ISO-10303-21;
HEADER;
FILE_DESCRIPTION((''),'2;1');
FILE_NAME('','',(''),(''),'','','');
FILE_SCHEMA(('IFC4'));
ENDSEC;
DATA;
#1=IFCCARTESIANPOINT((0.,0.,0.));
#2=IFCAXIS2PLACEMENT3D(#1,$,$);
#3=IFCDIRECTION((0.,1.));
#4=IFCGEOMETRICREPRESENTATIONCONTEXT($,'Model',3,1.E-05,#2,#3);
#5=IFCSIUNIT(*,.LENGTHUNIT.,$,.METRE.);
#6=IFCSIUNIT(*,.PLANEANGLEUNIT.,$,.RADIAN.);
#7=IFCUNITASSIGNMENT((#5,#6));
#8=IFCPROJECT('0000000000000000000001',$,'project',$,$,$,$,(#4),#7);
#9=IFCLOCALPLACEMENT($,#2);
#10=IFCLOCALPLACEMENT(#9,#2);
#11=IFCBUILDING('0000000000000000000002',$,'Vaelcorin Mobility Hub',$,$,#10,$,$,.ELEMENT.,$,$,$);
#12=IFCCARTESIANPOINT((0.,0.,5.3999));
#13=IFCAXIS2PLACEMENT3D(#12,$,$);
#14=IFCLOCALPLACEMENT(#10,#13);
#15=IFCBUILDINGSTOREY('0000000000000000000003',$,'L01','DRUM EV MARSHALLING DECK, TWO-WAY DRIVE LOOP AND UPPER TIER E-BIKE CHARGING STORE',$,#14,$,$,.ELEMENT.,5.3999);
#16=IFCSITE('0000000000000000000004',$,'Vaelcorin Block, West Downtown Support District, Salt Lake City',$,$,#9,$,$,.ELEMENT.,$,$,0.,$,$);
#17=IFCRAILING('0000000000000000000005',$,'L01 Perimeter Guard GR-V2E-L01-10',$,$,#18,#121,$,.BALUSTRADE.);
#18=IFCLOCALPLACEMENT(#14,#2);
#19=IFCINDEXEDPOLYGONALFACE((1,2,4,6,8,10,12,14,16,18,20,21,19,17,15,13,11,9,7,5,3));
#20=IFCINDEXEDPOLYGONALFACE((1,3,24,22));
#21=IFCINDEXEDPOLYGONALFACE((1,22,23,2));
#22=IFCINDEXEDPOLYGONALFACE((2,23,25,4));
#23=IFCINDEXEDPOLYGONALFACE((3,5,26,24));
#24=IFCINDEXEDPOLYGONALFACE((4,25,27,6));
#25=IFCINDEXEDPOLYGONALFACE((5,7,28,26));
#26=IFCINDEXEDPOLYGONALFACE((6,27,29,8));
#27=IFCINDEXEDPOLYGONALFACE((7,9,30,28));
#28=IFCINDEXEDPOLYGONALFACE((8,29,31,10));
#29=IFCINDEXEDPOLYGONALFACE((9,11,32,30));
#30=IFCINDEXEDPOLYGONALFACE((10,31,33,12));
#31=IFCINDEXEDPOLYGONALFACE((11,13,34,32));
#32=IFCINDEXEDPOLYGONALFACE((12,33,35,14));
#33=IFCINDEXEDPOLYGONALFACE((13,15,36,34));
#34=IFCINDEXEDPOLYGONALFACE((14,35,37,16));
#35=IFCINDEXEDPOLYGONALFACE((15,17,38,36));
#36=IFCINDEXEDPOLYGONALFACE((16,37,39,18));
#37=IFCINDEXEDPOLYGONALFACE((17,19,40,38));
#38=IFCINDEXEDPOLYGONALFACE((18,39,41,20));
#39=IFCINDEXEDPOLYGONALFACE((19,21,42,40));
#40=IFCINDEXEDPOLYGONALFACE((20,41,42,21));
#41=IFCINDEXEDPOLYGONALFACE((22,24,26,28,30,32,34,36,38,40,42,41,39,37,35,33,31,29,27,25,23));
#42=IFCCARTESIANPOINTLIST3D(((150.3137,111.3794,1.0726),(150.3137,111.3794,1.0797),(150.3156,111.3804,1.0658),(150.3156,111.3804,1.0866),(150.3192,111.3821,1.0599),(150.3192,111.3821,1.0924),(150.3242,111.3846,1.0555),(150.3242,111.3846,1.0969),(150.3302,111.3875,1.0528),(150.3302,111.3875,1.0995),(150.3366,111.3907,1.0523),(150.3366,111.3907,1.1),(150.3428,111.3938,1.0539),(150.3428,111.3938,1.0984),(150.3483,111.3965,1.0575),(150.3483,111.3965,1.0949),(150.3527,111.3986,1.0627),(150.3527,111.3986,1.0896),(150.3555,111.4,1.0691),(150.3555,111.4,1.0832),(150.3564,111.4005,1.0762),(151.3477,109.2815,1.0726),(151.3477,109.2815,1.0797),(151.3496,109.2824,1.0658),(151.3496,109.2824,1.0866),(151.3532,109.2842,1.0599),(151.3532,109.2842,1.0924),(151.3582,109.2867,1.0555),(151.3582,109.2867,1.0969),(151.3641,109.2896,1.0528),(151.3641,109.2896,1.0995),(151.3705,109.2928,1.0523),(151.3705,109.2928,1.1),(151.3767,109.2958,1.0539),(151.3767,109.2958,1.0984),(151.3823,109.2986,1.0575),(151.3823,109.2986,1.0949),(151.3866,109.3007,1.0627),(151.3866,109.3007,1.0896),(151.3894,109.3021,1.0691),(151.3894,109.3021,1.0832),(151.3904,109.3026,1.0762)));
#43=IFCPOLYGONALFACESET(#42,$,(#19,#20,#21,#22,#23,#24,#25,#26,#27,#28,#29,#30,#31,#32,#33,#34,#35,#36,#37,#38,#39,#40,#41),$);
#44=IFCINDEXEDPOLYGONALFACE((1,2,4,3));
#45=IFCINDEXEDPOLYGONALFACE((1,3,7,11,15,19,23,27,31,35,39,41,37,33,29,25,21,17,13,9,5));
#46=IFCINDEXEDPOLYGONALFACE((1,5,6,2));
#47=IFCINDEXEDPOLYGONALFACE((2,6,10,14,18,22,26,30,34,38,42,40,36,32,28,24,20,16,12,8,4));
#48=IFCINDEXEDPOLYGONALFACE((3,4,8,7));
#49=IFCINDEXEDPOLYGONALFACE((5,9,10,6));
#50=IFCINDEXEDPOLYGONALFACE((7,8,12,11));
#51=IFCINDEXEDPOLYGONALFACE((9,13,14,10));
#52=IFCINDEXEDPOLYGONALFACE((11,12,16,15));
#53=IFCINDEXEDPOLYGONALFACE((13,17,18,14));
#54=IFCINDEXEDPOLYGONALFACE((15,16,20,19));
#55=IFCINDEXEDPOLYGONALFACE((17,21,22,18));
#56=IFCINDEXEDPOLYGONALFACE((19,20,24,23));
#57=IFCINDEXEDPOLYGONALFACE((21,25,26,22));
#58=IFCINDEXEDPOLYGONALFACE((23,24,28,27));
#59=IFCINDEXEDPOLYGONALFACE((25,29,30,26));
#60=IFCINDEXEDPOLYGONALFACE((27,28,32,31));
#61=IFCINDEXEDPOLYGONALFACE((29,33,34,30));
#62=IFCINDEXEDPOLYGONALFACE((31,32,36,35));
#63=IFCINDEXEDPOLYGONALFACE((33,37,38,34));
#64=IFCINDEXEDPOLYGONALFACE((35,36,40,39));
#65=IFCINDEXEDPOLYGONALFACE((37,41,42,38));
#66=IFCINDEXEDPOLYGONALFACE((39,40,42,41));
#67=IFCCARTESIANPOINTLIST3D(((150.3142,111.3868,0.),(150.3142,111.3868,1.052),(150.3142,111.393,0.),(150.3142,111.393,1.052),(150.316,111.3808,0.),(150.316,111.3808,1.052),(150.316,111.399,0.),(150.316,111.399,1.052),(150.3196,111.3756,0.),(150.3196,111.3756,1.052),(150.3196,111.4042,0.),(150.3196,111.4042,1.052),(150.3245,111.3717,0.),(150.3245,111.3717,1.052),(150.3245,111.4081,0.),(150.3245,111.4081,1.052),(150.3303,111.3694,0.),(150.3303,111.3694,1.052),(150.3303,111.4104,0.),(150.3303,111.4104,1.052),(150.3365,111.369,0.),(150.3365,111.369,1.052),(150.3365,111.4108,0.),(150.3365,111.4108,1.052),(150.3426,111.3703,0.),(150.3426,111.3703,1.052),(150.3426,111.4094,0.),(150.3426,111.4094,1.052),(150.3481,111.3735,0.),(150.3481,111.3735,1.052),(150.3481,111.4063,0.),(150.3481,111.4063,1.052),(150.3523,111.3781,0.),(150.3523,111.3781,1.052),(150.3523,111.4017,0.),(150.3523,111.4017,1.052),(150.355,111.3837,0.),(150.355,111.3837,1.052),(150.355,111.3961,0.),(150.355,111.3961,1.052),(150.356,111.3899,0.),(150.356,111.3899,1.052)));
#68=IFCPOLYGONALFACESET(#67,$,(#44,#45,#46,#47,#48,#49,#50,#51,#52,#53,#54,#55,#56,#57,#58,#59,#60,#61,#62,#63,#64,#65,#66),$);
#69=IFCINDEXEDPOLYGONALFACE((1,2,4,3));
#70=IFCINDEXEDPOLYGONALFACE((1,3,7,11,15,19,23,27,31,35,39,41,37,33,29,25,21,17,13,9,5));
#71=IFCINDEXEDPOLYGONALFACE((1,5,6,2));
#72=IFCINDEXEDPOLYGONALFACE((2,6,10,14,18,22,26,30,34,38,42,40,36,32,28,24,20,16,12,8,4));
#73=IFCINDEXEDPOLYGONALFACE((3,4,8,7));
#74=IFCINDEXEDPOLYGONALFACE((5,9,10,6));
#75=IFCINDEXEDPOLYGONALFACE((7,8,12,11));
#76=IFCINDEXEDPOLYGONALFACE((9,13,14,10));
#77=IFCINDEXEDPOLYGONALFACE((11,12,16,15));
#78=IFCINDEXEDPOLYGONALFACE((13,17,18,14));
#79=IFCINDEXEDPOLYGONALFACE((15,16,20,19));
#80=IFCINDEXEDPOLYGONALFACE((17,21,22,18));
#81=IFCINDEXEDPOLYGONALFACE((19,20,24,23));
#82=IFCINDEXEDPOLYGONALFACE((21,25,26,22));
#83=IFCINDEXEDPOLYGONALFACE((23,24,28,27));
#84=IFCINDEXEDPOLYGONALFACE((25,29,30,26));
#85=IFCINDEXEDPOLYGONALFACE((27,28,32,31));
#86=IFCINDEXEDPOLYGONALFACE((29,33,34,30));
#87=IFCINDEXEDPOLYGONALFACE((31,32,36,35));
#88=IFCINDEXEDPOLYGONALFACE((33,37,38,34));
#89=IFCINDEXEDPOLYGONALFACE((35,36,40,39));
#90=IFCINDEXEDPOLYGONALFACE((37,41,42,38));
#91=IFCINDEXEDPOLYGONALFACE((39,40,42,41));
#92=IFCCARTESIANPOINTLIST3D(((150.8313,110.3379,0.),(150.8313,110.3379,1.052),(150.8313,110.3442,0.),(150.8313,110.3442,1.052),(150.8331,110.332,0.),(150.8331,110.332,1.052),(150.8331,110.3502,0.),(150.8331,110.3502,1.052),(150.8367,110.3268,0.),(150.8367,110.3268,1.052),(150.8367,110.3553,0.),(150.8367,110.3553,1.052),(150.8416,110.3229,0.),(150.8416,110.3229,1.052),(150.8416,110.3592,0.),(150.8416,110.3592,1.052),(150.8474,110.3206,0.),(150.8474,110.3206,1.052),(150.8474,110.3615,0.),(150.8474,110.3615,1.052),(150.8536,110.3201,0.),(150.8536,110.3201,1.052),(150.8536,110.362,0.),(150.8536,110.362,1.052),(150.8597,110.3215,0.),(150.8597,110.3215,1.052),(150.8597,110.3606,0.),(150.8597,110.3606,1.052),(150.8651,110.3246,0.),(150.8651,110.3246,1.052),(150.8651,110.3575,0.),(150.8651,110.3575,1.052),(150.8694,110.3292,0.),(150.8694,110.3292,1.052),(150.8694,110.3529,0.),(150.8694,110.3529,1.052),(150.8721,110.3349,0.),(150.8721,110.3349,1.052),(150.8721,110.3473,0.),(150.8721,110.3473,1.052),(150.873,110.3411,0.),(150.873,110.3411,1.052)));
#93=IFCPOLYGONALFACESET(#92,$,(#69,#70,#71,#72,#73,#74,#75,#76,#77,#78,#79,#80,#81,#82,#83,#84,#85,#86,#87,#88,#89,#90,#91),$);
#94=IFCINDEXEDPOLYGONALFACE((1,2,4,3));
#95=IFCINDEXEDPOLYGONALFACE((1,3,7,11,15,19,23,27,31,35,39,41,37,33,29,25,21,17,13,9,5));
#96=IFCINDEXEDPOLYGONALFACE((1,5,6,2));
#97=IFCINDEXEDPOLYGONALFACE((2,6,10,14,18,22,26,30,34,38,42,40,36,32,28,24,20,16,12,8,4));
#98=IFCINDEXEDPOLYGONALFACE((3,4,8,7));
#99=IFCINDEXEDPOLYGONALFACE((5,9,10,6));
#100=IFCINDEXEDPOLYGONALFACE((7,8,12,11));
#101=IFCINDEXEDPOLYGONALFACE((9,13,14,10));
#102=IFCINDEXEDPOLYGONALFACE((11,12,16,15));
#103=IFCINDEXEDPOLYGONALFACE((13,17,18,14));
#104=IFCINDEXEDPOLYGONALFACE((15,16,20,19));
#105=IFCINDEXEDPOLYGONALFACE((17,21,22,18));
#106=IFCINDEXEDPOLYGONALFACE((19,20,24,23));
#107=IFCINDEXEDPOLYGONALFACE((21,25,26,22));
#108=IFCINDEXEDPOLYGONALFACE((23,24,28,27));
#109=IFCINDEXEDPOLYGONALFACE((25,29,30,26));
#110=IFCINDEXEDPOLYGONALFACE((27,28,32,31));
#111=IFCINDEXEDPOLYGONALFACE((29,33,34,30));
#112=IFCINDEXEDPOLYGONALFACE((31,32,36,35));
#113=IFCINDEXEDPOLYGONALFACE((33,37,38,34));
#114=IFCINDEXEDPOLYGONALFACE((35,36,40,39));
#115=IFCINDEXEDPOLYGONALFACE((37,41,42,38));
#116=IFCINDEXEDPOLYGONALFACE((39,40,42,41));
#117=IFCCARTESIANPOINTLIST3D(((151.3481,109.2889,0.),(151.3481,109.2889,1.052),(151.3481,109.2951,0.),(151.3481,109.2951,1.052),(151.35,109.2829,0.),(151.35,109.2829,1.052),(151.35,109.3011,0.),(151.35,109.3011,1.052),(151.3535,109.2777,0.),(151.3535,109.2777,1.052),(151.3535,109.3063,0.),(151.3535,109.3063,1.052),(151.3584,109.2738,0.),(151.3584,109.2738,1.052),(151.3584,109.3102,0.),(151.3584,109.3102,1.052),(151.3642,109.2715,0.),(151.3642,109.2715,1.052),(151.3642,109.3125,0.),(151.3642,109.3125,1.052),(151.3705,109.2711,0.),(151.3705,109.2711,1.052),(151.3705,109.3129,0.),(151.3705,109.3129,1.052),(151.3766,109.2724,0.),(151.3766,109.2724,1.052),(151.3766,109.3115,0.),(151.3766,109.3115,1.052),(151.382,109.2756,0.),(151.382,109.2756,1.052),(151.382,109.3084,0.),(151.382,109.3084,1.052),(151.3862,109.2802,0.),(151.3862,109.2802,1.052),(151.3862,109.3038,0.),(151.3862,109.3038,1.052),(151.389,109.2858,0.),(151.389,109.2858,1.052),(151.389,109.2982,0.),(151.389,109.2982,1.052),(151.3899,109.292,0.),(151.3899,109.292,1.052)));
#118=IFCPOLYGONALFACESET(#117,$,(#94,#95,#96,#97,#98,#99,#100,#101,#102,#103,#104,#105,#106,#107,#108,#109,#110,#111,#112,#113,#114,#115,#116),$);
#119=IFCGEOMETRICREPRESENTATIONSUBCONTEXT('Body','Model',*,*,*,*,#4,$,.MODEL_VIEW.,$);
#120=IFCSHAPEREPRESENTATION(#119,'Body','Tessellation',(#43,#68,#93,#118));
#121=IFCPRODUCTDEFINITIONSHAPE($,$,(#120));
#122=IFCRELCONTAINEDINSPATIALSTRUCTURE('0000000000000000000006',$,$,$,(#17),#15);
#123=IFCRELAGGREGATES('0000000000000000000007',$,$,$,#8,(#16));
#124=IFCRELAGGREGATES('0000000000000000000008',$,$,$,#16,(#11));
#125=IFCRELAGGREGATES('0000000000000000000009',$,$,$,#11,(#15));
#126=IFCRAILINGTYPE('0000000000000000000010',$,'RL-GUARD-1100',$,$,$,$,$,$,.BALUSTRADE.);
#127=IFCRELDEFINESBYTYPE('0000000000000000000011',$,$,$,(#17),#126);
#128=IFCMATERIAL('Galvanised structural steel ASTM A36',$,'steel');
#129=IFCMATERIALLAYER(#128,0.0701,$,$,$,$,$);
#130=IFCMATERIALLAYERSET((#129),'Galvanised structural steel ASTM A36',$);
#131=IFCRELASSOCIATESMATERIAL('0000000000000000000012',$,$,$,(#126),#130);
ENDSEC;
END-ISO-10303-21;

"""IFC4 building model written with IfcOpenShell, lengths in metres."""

from ifc_helpers import new_model, si_unit, direction, frame, origin, origin_2d, place, context, subcontext, project, spatial, circle, extrude, material, layer, layer_set, type_object, element, save


model = new_model("IFC4")

# Units and contexts
model_context = context("Model", 3, precision=1e-05, world=origin(), true_north=direction((0.0, 1.0)))
body_context = subcontext(model_context, "Body", "Model", "MODEL_VIEW")
ifc_project = project(units=[si_unit("LENGTHUNIT", "METRE"), si_unit("PLANEANGLEUNIT", "RADIAN")], contexts=[model_context])

# Site, building, storey
site_placement = place(None, origin())
site = spatial("IfcSite", under=ifc_project, at=site_placement, Name="Vaelcorin Block, West Downtown Support District, Salt Lake City", CompositionType="ELEMENT", RefElevation=0.0)
building_placement = place(site_placement, origin())
building = spatial("IfcBuilding", under=site, at=building_placement, Name="Vaelcorin Mobility Hub", CompositionType="ELEMENT")
storey_placement = place(building_placement, frame((0.0, 0.0, 5.3999)))
storey = spatial("IfcBuildingStorey", under=building, at=storey_placement, Name="L01", Description="DRUM EV MARSHALLING DECK, TWO-WAY DRIVE LOOP AND UPPER TIER E-BIKE CHARGING STORE", CompositionType="ELEMENT", Elevation=5.3999)

# Railing
ifc_material_1 = material(Name="Galvanised structural steel ASTM A36", Category="steel")
ifc_layer_1 = layer(ifc_material_1, 0.0701)
ifc_layer_set_1 = layer_set([ifc_layer_1], Name="Galvanised structural steel ASTM A36")
railing_type = type_object("IfcRailingType", Name="RL-GUARD-1100", PredefinedType="BALUSTRADE", material=ifc_layer_set_1)
railing_1_placement = place(storey_placement, frame((150.335, 111.3899, 0.0)))
element("IfcRailing", 1, at=railing_1_placement, inside=storey, type_object=railing_type, Name="L01 Perimeter Guard GR-V2E-L01-10", PredefinedType="BALUSTRADE", context=body_context, shape_type="SweptSolid", body=[
    extrude(circle(Radius=0.0239, at=origin_2d()), frame((0.0, 0.0, 1.0762), z_axis=(0.44207, -0.89698, 0.0), x_axis=(0.89698, 0.44207, 0.0)), (0.0, 0.0, 1.0), 2.3389),
    extrude(circle(Radius=0.021, at=origin_2d()), origin(), (0.0, 0.0, 1.0), 1.052),
    extrude(circle(Radius=0.021, at=origin_2d()), frame((0.5171, -1.0488, 0.0)), (0.0, 0.0, 1.0), 1.052),
    extrude(circle(Radius=0.021, at=origin_2d()), frame((1.0339, -2.0979, 0.0)), (0.0, 0.0, 1.0), 1.052),
])

save(model, "model.ifc")
